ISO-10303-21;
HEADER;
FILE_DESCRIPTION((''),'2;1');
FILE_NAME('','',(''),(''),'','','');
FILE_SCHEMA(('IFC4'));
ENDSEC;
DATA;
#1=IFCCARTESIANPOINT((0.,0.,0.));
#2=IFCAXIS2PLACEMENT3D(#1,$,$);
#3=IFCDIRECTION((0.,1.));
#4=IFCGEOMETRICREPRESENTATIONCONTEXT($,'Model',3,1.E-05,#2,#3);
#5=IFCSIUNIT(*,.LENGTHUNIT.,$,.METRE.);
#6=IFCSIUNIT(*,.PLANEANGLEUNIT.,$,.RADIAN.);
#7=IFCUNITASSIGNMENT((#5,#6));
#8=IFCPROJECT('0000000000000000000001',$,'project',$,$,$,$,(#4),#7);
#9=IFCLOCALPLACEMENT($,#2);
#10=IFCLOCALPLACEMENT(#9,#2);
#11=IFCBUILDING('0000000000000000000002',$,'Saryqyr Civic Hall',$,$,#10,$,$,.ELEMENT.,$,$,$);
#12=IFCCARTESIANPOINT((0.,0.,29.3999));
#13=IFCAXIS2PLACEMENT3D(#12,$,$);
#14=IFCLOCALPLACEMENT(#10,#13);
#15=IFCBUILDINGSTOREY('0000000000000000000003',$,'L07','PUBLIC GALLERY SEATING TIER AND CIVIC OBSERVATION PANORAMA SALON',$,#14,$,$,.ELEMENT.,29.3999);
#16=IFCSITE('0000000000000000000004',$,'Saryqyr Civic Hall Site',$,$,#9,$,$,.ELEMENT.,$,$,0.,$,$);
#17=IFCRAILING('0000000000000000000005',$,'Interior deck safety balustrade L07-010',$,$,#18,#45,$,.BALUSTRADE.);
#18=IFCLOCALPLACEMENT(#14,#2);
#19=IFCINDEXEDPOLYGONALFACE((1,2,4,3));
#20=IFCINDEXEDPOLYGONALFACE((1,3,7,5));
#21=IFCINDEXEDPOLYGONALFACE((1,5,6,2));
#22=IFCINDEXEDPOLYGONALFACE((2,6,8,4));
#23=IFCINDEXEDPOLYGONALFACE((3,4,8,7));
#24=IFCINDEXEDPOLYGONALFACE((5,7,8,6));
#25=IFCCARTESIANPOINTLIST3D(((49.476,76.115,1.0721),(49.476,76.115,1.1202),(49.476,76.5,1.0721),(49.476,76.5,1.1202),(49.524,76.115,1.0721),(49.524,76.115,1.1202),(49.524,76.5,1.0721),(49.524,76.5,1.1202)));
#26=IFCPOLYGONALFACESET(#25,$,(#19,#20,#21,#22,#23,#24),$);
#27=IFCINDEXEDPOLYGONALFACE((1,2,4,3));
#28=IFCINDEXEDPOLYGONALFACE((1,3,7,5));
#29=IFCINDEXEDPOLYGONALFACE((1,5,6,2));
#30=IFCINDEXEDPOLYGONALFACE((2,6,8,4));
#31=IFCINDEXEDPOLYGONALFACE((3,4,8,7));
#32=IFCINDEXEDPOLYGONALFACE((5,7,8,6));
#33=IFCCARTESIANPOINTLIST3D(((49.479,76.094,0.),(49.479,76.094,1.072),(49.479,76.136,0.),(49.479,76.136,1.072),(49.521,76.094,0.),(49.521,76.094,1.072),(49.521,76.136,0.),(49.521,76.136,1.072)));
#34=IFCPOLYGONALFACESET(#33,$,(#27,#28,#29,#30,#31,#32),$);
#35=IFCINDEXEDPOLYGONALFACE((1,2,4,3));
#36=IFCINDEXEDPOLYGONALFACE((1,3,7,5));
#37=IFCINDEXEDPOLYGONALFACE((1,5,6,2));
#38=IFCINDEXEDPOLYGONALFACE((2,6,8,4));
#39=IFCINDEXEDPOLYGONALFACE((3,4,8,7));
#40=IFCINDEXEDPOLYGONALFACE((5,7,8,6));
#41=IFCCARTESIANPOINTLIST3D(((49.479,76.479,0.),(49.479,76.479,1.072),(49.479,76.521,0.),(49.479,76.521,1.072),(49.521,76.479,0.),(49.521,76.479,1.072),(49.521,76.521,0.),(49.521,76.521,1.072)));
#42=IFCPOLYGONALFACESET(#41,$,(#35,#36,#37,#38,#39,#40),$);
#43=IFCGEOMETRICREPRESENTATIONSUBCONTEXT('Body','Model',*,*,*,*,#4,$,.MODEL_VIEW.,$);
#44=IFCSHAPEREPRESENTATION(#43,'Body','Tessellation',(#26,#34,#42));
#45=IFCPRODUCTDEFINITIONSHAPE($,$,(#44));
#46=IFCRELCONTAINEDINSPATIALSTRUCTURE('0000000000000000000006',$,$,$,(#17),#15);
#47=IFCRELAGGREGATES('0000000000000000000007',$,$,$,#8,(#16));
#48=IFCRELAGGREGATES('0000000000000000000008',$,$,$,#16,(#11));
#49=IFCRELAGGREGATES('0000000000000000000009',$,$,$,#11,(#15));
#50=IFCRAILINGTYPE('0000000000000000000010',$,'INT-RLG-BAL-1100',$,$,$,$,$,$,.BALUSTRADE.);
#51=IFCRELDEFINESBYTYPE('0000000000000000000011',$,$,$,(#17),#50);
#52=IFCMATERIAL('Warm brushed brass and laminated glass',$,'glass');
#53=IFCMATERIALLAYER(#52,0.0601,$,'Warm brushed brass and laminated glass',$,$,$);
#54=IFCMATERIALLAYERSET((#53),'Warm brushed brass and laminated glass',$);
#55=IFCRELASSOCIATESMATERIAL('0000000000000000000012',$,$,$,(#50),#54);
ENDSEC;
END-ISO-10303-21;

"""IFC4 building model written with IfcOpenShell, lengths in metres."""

from ifc_helpers import new_model, si_unit, direction, frame, origin, origin_2d, place, context, subcontext, project, spatial, rectangle, extrude, material, layer, layer_set, type_object, element, save


model = new_model("IFC4")

# Units and contexts
model_context = context("Model", 3, precision=1e-05, world=origin(), true_north=direction((0.0, 1.0)))
body_context = subcontext(model_context, "Body", "Model", "MODEL_VIEW")
ifc_project = project(units=[si_unit("LENGTHUNIT", "METRE"), si_unit("PLANEANGLEUNIT", "RADIAN")], contexts=[model_context])

# Site, building, storey
site_placement = place(None, origin())
site = spatial("IfcSite", under=ifc_project, at=site_placement, Name="Saryqyr Civic Hall Site", CompositionType="ELEMENT", RefElevation=0.0)
building_placement = place(site_placement, origin())
building = spatial("IfcBuilding", under=site, at=building_placement, Name="Saryqyr Civic Hall", CompositionType="ELEMENT")
storey_placement = place(building_placement, frame((0.0, 0.0, 29.3999)))
storey = spatial("IfcBuildingStorey", under=building, at=storey_placement, Name="L07", Description="PUBLIC GALLERY SEATING TIER AND CIVIC OBSERVATION PANORAMA SALON", CompositionType="ELEMENT", Elevation=29.3999)

# Railing
ifc_material_1 = material(Name="Warm brushed brass and laminated glass", Category="glass")
ifc_layer_1 = layer(ifc_material_1, 0.0601, Name="Warm brushed brass and laminated glass")
ifc_layer_set_1 = layer_set([ifc_layer_1], Name="Warm brushed brass and laminated glass")
railing_type_1 = type_object("IfcRailingType", Name="INT-RLG-BAL-1100", PredefinedType="BALUSTRADE", material=ifc_layer_set_1)
railing_1_placement = place(storey_placement, frame((49.5, 76.115, 0.0)))
element("IfcRailing", 1, at=railing_1_placement, inside=storey, type_object=railing_type_1, Name="Interior deck safety balustrade L07-010", PredefinedType="BALUSTRADE", context=body_context, shape_type="SweptSolid", body=[
    extrude(rectangle(XDim=0.0481, YDim=0.0481, at=origin_2d()), frame((0.0, 0.0, 1.0962), z_axis=(0.0, 1.0, 0.0), x_axis=(-1.0, 0.0, 0.0)), (0.0, 0.0, 1.0), 0.385),
    extrude(rectangle(XDim=0.042, YDim=0.042, at=origin_2d()), origin(), (0.0, 0.0, 1.0), 1.072),
    extrude(rectangle(XDim=0.042, YDim=0.042, at=origin_2d()), frame((0.0, 0.385, 0.0)), (0.0, 0.0, 1.0), 1.072),
])

save(model, "model.ifc")
